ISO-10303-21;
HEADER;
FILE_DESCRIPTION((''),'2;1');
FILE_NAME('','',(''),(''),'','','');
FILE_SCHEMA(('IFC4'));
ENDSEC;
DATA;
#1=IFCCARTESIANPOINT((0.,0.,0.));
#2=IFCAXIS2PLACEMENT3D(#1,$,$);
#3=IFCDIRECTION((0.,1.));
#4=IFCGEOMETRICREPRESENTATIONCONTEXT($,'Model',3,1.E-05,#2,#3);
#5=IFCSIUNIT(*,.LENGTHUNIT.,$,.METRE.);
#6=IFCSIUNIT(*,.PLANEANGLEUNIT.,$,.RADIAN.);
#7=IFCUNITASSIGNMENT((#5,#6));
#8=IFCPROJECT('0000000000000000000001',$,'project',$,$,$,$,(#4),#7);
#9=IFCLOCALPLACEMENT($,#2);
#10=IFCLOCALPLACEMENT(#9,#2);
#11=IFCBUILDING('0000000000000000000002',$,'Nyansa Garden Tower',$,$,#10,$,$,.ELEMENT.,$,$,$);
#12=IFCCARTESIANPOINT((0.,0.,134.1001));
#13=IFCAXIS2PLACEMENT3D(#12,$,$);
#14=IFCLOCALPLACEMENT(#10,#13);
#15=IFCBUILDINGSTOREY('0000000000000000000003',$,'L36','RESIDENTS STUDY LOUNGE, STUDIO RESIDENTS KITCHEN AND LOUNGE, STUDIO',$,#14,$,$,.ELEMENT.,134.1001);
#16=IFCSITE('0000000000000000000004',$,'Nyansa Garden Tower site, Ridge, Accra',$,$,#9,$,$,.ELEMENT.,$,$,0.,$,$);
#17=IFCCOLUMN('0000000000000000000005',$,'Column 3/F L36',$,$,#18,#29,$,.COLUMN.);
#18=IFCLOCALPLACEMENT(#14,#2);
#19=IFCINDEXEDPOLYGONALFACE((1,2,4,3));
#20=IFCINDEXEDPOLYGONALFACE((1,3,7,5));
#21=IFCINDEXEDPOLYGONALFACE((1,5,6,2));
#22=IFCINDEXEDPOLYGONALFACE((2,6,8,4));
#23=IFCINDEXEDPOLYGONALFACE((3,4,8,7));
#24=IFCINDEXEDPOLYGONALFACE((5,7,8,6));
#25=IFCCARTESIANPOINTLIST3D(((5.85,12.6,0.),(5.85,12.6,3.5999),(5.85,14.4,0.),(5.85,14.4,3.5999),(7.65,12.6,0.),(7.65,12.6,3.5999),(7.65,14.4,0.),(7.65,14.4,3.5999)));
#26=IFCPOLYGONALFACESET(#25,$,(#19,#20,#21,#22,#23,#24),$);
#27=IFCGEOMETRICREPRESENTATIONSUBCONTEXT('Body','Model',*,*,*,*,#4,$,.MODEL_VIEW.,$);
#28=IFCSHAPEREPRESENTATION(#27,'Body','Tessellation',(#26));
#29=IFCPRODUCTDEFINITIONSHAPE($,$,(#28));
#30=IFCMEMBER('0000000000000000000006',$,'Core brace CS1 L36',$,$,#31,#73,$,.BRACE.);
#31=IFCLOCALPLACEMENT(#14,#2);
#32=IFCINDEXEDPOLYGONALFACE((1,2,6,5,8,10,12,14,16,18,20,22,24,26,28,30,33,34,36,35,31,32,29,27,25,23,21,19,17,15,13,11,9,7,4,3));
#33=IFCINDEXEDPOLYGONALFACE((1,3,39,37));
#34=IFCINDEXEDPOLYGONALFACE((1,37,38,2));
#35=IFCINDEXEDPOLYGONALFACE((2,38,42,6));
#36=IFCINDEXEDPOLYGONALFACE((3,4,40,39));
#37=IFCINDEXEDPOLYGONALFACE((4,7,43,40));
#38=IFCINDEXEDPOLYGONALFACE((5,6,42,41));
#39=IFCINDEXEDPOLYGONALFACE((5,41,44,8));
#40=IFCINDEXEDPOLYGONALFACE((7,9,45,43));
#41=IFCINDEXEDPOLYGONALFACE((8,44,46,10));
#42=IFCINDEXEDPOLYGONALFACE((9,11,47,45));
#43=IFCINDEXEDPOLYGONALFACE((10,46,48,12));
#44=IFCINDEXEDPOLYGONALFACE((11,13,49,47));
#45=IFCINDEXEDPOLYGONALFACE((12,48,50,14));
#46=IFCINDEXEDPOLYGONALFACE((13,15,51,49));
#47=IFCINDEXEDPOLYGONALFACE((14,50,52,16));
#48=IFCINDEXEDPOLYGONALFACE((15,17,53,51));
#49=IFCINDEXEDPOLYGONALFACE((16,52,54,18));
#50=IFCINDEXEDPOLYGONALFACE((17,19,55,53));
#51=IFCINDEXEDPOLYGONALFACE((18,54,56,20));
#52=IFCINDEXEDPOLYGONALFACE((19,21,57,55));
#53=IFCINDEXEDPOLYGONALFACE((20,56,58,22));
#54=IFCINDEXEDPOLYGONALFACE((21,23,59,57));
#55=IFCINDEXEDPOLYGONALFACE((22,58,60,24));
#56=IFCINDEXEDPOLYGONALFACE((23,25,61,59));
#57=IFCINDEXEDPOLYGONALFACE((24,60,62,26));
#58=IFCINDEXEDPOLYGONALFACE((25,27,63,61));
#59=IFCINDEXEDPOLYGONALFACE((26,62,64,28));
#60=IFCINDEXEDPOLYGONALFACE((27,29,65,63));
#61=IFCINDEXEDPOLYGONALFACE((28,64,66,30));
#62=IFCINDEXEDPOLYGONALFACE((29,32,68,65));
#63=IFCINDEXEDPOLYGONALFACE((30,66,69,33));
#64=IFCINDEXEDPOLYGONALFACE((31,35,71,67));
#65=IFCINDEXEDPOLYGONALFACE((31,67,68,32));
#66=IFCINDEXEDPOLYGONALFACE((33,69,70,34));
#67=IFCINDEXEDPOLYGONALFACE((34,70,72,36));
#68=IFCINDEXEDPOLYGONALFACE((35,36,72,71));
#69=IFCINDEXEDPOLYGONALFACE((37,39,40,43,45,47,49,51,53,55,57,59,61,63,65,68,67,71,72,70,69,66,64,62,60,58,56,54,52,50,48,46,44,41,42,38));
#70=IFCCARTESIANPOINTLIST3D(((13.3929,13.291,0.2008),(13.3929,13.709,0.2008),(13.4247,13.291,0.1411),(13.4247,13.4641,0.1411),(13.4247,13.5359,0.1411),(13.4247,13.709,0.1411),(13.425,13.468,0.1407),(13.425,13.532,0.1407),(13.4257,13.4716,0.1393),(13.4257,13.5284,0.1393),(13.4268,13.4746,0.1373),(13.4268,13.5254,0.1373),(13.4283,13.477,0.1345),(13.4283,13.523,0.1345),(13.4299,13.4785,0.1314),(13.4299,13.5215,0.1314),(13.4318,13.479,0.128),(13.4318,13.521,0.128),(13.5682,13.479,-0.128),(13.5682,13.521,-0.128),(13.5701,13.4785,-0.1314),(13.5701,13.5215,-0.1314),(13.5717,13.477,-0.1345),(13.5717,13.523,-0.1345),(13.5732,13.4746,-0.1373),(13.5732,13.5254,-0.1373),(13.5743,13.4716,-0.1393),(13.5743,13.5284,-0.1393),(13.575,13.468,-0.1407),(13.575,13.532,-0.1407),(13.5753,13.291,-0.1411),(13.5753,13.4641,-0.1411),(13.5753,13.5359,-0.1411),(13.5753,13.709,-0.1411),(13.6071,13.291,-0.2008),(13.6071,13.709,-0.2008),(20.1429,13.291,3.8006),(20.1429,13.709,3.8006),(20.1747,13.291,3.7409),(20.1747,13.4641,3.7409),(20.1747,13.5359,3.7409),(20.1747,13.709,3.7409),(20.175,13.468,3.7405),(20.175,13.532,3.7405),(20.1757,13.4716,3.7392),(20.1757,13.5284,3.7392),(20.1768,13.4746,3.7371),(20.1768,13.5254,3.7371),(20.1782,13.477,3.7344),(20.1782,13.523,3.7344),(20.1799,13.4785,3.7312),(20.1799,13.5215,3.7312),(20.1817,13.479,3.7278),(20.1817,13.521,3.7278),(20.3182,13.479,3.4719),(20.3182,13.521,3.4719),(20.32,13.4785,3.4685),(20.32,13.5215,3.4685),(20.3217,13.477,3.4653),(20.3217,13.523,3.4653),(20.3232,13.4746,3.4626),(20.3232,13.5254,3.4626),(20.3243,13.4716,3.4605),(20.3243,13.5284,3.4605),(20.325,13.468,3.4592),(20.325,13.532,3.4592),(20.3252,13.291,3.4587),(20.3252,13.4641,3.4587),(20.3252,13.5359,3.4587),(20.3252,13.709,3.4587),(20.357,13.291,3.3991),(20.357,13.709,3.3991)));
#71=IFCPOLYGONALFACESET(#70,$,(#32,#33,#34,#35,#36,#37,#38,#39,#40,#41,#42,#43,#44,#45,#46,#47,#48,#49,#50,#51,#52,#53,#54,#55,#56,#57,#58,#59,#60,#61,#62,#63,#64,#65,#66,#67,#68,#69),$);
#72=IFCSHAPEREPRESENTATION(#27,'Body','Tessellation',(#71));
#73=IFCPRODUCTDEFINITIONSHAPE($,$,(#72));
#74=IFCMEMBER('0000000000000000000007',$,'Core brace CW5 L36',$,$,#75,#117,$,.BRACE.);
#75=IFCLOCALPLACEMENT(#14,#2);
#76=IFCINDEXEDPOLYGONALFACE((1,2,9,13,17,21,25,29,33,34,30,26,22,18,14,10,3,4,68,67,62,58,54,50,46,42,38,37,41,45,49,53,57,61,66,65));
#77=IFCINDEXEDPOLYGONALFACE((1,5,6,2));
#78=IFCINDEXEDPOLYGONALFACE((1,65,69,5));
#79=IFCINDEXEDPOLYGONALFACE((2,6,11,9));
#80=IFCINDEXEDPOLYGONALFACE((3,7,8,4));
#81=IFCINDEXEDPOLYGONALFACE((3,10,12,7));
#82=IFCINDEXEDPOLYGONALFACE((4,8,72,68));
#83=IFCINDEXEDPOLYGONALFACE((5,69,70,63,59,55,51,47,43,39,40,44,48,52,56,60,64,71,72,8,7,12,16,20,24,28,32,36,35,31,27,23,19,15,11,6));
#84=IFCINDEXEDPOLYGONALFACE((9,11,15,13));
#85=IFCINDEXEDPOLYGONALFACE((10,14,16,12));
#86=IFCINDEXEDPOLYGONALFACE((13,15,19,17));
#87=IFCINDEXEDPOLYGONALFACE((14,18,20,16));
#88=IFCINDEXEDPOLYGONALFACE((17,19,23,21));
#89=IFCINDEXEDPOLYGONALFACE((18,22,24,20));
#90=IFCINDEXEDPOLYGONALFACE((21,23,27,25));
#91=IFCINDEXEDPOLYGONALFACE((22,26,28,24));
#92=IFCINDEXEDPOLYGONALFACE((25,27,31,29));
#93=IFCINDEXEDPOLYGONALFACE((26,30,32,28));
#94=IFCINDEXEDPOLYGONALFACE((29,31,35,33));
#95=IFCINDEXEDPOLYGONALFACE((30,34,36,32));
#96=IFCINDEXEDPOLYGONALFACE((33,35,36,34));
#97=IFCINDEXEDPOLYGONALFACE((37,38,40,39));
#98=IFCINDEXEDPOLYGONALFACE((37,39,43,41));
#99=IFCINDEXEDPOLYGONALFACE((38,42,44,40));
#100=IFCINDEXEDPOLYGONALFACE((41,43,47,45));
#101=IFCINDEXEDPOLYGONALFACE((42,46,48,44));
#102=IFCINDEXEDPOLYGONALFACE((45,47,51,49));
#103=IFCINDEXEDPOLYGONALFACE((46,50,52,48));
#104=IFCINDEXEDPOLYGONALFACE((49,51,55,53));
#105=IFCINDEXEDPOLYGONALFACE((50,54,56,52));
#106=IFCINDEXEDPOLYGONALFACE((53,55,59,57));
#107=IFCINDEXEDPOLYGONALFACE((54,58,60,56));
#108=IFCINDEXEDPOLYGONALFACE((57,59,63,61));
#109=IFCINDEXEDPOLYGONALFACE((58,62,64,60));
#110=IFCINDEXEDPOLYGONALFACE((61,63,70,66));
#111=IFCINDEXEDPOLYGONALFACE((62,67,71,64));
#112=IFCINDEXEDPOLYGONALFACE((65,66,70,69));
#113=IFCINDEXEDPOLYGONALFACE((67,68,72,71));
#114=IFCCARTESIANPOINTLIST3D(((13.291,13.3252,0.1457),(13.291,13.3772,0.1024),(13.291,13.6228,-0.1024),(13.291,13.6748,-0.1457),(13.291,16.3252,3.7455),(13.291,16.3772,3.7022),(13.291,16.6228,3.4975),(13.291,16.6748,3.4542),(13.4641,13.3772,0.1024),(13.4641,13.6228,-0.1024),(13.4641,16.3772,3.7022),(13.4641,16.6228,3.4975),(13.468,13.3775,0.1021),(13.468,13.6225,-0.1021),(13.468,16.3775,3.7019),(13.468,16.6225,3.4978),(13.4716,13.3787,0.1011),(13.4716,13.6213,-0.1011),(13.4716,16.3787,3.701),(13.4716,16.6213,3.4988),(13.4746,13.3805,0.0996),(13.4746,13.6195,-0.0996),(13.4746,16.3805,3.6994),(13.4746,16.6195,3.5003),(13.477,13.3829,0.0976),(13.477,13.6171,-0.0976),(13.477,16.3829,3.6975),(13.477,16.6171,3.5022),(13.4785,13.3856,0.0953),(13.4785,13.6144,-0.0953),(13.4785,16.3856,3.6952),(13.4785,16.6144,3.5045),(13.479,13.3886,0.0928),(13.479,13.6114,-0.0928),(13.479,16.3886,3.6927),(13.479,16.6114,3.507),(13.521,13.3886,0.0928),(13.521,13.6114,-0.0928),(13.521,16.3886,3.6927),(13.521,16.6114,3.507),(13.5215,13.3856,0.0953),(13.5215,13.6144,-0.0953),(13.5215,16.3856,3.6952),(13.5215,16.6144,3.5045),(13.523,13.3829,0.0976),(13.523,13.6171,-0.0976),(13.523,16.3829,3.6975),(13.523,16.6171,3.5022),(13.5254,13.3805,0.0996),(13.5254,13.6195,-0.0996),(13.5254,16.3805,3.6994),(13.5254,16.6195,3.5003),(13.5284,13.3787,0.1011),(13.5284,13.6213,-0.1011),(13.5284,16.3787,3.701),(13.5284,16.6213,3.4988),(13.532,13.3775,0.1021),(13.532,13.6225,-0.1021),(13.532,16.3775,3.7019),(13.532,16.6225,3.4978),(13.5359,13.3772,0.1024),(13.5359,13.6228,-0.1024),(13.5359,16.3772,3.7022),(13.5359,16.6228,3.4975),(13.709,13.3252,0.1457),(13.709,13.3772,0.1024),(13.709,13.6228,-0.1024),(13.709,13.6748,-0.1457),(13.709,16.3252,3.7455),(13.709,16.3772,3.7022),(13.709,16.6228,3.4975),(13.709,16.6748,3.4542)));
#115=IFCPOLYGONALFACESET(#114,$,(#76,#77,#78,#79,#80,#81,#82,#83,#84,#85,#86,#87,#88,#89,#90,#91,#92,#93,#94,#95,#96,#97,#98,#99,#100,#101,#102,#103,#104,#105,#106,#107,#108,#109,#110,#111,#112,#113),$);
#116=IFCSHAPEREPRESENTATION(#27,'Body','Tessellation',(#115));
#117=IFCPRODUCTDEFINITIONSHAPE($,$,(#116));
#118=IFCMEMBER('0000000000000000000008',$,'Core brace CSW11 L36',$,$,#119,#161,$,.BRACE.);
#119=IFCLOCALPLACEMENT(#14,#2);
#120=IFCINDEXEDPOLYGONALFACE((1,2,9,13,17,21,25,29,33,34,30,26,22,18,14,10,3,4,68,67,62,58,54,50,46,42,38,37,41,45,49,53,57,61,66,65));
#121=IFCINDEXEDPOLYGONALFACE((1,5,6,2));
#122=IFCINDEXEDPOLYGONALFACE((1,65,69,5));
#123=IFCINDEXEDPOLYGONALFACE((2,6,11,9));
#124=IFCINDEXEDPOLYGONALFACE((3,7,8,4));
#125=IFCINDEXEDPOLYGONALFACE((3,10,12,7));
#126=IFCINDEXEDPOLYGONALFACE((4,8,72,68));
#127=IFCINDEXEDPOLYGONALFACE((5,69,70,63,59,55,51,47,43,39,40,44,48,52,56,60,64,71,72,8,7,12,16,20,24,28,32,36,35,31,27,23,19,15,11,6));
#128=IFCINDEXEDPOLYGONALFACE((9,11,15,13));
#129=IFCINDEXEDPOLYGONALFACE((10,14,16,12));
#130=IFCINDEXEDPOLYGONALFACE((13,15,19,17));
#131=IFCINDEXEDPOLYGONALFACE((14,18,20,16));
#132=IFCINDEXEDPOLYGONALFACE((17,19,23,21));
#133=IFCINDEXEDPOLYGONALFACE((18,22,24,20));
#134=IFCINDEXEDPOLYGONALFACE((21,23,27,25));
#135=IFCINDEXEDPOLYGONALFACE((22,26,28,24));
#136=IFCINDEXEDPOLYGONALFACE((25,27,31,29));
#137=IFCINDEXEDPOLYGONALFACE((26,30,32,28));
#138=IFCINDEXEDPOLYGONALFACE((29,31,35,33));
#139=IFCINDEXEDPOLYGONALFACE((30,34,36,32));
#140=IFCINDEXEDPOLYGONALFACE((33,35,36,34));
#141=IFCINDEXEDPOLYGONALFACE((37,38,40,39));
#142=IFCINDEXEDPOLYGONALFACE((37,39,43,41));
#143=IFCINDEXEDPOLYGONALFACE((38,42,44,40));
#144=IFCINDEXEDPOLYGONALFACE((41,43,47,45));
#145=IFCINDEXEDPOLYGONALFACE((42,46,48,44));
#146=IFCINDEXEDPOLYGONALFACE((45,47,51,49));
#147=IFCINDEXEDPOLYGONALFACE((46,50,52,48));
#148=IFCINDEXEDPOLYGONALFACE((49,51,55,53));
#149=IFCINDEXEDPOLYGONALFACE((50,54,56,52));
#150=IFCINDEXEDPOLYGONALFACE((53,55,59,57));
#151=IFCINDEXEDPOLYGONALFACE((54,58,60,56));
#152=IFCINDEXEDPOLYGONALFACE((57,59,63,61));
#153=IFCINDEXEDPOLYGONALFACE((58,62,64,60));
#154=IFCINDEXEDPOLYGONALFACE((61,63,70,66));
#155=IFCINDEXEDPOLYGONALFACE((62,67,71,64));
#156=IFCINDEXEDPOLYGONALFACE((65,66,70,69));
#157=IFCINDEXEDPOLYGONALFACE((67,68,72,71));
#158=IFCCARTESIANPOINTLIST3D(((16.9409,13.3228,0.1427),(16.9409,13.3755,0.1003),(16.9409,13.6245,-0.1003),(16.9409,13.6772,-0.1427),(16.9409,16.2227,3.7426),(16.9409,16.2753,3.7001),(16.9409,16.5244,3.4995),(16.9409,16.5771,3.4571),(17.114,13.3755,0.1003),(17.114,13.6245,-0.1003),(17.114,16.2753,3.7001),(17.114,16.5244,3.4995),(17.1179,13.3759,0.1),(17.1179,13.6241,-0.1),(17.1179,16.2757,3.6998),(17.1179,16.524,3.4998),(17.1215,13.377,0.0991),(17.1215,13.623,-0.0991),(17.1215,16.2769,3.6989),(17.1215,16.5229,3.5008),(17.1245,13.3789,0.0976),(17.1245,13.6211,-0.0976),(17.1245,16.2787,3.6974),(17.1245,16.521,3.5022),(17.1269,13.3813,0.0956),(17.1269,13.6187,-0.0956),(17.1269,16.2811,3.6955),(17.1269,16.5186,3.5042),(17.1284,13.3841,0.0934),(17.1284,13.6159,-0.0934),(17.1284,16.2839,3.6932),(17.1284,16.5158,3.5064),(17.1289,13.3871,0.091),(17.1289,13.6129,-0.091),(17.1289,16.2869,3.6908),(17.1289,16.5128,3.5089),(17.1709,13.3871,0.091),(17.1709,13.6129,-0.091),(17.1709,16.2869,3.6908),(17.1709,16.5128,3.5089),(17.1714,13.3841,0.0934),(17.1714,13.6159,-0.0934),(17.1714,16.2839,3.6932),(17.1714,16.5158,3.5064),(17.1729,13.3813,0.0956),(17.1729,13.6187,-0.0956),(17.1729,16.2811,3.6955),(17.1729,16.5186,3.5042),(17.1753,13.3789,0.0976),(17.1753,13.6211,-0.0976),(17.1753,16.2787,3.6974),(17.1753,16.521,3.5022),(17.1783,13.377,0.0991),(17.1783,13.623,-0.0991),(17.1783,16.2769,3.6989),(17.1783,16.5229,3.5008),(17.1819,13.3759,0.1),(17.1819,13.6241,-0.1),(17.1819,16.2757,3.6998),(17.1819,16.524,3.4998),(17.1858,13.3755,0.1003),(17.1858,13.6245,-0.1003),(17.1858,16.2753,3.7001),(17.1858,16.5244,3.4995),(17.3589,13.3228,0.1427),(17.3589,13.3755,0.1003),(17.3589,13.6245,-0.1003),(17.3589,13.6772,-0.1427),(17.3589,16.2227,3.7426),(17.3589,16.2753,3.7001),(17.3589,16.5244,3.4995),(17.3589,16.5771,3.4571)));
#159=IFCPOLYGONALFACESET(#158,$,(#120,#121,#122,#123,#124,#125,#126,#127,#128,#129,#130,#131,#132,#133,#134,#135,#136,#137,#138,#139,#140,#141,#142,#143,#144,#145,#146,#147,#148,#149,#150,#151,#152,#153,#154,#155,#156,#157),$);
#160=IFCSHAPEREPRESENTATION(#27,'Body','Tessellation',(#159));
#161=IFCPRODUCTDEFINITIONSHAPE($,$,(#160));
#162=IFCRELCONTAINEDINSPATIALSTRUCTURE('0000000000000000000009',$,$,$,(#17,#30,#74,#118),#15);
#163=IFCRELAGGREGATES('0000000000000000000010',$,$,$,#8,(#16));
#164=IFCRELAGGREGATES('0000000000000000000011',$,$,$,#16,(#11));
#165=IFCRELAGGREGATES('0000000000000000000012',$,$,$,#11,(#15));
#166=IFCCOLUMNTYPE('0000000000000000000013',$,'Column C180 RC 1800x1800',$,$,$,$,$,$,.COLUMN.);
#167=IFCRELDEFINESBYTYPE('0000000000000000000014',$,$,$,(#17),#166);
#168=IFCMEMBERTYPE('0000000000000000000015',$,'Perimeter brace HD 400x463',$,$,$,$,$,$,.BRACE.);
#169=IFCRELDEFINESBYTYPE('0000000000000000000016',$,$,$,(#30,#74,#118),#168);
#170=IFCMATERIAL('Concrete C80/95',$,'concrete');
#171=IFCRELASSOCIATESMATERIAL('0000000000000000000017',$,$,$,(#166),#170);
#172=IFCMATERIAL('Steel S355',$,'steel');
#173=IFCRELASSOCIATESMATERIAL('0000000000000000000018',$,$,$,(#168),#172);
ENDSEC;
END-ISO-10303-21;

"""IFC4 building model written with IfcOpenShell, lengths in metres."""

from ifc_helpers import new_model, si_unit, direction, frame, origin, origin_2d, place, context, subcontext, project, spatial, rectangle, i_section, extrude, material, material_profile, profile_set, type_object, element, save


model = new_model("IFC4")

# Units and contexts
model_context = context("Model", 3, precision=1e-05, world=origin(), true_north=direction((0.0, 1.0)))
body_context = subcontext(model_context, "Body", "Model", "MODEL_VIEW")
ifc_project = project(units=[si_unit("LENGTHUNIT", "METRE"), si_unit("PLANEANGLEUNIT", "RADIAN")], contexts=[model_context])

# Site, building, storey
site_placement = place(None, origin())
site = spatial("IfcSite", under=ifc_project, at=site_placement, Name="Nyansa Garden Tower site, Ridge, Accra", CompositionType="ELEMENT", RefElevation=0.0)
building_placement = place(site_placement, origin())
building = spatial("IfcBuilding", under=site, at=building_placement, Name="Nyansa Garden Tower", CompositionType="ELEMENT")
storey_placement = place(building_placement, frame((0.0, 0.0, 134.1001)))
storey = spatial("IfcBuildingStorey", under=building, at=storey_placement, Name="L36", Description="RESIDENTS STUDY LOUNGE, STUDIO RESIDENTS KITCHEN AND LOUNGE, STUDIO", CompositionType="ELEMENT", Elevation=134.1001)

# Column
ifc_material_1 = material(Name="Concrete C80/95", Category="concrete")
ifc_material_profile_1 = material_profile(ifc_material_1, rectangle(XDim=1.8, YDim=1.8, at=origin_2d()), Name="RC 1800x1800")
ifc_profile_set_1 = profile_set([ifc_material_profile_1], Name="Concrete C80/95")
column_type = type_object("IfcColumnType", Name="Column C180 RC 1800x1800", PredefinedType="COLUMN", material=ifc_profile_set_1)
column_placement = place(storey_placement, frame((6.75, 13.5, 0.0), z_axis=(0.0, 0.0, 1.0), x_axis=(1.0, 0.0, 0.0)))
element("IfcColumn", 1, at=column_placement, inside=storey, type_object=column_type, Name="Column 3/F L36", PredefinedType="COLUMN", context=body_context, shape_type="SweptSolid", body=[
    extrude(rectangle(XDim=1.8, YDim=1.8, at=origin_2d()), origin(), (0.0, 0.0, 1.0), 3.5999),
])

# Members
ifc_material_2 = material(Name="Steel S355", Category="steel")
ifc_material_profile_2 = material_profile(ifc_material_2, i_section(OverallWidth=0.418, OverallDepth=0.4551, WebThickness=0.042, FlangeThickness=0.0676, FilletRadius=0.0149, at=origin_2d()), Name="HD 400x463")
ifc_profile_set_2 = profile_set([ifc_material_profile_2], Name="Steel S355")
member_type = type_object("IfcMemberType", Name="Perimeter brace HD 400x463", PredefinedType="BRACE", material=ifc_profile_set_2)
member_1_placement = place(storey_placement, frame((13.5, 13.5, 0.0), z_axis=(0.882361, 0.0, 0.470573), x_axis=(0.0, 1.0, 0.0)))
element("IfcMember", 2, at=member_1_placement, inside=storey, type_object=member_type, Name="Core brace CS1 L36", PredefinedType="BRACE", context=body_context, shape_type="SweptSolid", body=[
    extrude(i_section(OverallWidth=0.418, OverallDepth=0.4551, WebThickness=0.042, FlangeThickness=0.0676, FilletRadius=0.0149, at=origin_2d()), origin(), (0.0, 0.0, 1.0), 7.6499),
])
member_2_placement = place(storey_placement, frame((13.5, 13.5, 0.0), z_axis=(0.0, 0.6402, 0.768208), x_axis=(-1.0, 0.0, 0.0)))
element("IfcMember", 3, at=member_2_placement, inside=storey, type_object=member_type, Name="Core brace CW5 L36", PredefinedType="BRACE", context=body_context, shape_type="SweptSolid", body=[
    extrude(i_section(OverallWidth=0.418, OverallDepth=0.4551, WebThickness=0.042, FlangeThickness=0.0676, FilletRadius=0.0149, at=origin_2d()), origin(), (0.0, 0.0, 1.0), 4.686),
])
member_3_placement = place(storey_placement, frame((17.1499, 13.5, 0.0), z_axis=(0.0, 0.627332, 0.778752), x_axis=(-1.0, 0.0, 0.0)))
element("IfcMember", 4, at=member_3_placement, inside=storey, type_object=member_type, Name="Core brace CSW11 L36", PredefinedType="BRACE", context=body_context, shape_type="SweptSolid", body=[
    extrude(i_section(OverallWidth=0.418, OverallDepth=0.4551, WebThickness=0.042, FlangeThickness=0.0676, FilletRadius=0.0149, at=origin_2d()), origin(), (0.0, 0.0, 1.0), 4.6226),
])

save(model, "model.ifc")
